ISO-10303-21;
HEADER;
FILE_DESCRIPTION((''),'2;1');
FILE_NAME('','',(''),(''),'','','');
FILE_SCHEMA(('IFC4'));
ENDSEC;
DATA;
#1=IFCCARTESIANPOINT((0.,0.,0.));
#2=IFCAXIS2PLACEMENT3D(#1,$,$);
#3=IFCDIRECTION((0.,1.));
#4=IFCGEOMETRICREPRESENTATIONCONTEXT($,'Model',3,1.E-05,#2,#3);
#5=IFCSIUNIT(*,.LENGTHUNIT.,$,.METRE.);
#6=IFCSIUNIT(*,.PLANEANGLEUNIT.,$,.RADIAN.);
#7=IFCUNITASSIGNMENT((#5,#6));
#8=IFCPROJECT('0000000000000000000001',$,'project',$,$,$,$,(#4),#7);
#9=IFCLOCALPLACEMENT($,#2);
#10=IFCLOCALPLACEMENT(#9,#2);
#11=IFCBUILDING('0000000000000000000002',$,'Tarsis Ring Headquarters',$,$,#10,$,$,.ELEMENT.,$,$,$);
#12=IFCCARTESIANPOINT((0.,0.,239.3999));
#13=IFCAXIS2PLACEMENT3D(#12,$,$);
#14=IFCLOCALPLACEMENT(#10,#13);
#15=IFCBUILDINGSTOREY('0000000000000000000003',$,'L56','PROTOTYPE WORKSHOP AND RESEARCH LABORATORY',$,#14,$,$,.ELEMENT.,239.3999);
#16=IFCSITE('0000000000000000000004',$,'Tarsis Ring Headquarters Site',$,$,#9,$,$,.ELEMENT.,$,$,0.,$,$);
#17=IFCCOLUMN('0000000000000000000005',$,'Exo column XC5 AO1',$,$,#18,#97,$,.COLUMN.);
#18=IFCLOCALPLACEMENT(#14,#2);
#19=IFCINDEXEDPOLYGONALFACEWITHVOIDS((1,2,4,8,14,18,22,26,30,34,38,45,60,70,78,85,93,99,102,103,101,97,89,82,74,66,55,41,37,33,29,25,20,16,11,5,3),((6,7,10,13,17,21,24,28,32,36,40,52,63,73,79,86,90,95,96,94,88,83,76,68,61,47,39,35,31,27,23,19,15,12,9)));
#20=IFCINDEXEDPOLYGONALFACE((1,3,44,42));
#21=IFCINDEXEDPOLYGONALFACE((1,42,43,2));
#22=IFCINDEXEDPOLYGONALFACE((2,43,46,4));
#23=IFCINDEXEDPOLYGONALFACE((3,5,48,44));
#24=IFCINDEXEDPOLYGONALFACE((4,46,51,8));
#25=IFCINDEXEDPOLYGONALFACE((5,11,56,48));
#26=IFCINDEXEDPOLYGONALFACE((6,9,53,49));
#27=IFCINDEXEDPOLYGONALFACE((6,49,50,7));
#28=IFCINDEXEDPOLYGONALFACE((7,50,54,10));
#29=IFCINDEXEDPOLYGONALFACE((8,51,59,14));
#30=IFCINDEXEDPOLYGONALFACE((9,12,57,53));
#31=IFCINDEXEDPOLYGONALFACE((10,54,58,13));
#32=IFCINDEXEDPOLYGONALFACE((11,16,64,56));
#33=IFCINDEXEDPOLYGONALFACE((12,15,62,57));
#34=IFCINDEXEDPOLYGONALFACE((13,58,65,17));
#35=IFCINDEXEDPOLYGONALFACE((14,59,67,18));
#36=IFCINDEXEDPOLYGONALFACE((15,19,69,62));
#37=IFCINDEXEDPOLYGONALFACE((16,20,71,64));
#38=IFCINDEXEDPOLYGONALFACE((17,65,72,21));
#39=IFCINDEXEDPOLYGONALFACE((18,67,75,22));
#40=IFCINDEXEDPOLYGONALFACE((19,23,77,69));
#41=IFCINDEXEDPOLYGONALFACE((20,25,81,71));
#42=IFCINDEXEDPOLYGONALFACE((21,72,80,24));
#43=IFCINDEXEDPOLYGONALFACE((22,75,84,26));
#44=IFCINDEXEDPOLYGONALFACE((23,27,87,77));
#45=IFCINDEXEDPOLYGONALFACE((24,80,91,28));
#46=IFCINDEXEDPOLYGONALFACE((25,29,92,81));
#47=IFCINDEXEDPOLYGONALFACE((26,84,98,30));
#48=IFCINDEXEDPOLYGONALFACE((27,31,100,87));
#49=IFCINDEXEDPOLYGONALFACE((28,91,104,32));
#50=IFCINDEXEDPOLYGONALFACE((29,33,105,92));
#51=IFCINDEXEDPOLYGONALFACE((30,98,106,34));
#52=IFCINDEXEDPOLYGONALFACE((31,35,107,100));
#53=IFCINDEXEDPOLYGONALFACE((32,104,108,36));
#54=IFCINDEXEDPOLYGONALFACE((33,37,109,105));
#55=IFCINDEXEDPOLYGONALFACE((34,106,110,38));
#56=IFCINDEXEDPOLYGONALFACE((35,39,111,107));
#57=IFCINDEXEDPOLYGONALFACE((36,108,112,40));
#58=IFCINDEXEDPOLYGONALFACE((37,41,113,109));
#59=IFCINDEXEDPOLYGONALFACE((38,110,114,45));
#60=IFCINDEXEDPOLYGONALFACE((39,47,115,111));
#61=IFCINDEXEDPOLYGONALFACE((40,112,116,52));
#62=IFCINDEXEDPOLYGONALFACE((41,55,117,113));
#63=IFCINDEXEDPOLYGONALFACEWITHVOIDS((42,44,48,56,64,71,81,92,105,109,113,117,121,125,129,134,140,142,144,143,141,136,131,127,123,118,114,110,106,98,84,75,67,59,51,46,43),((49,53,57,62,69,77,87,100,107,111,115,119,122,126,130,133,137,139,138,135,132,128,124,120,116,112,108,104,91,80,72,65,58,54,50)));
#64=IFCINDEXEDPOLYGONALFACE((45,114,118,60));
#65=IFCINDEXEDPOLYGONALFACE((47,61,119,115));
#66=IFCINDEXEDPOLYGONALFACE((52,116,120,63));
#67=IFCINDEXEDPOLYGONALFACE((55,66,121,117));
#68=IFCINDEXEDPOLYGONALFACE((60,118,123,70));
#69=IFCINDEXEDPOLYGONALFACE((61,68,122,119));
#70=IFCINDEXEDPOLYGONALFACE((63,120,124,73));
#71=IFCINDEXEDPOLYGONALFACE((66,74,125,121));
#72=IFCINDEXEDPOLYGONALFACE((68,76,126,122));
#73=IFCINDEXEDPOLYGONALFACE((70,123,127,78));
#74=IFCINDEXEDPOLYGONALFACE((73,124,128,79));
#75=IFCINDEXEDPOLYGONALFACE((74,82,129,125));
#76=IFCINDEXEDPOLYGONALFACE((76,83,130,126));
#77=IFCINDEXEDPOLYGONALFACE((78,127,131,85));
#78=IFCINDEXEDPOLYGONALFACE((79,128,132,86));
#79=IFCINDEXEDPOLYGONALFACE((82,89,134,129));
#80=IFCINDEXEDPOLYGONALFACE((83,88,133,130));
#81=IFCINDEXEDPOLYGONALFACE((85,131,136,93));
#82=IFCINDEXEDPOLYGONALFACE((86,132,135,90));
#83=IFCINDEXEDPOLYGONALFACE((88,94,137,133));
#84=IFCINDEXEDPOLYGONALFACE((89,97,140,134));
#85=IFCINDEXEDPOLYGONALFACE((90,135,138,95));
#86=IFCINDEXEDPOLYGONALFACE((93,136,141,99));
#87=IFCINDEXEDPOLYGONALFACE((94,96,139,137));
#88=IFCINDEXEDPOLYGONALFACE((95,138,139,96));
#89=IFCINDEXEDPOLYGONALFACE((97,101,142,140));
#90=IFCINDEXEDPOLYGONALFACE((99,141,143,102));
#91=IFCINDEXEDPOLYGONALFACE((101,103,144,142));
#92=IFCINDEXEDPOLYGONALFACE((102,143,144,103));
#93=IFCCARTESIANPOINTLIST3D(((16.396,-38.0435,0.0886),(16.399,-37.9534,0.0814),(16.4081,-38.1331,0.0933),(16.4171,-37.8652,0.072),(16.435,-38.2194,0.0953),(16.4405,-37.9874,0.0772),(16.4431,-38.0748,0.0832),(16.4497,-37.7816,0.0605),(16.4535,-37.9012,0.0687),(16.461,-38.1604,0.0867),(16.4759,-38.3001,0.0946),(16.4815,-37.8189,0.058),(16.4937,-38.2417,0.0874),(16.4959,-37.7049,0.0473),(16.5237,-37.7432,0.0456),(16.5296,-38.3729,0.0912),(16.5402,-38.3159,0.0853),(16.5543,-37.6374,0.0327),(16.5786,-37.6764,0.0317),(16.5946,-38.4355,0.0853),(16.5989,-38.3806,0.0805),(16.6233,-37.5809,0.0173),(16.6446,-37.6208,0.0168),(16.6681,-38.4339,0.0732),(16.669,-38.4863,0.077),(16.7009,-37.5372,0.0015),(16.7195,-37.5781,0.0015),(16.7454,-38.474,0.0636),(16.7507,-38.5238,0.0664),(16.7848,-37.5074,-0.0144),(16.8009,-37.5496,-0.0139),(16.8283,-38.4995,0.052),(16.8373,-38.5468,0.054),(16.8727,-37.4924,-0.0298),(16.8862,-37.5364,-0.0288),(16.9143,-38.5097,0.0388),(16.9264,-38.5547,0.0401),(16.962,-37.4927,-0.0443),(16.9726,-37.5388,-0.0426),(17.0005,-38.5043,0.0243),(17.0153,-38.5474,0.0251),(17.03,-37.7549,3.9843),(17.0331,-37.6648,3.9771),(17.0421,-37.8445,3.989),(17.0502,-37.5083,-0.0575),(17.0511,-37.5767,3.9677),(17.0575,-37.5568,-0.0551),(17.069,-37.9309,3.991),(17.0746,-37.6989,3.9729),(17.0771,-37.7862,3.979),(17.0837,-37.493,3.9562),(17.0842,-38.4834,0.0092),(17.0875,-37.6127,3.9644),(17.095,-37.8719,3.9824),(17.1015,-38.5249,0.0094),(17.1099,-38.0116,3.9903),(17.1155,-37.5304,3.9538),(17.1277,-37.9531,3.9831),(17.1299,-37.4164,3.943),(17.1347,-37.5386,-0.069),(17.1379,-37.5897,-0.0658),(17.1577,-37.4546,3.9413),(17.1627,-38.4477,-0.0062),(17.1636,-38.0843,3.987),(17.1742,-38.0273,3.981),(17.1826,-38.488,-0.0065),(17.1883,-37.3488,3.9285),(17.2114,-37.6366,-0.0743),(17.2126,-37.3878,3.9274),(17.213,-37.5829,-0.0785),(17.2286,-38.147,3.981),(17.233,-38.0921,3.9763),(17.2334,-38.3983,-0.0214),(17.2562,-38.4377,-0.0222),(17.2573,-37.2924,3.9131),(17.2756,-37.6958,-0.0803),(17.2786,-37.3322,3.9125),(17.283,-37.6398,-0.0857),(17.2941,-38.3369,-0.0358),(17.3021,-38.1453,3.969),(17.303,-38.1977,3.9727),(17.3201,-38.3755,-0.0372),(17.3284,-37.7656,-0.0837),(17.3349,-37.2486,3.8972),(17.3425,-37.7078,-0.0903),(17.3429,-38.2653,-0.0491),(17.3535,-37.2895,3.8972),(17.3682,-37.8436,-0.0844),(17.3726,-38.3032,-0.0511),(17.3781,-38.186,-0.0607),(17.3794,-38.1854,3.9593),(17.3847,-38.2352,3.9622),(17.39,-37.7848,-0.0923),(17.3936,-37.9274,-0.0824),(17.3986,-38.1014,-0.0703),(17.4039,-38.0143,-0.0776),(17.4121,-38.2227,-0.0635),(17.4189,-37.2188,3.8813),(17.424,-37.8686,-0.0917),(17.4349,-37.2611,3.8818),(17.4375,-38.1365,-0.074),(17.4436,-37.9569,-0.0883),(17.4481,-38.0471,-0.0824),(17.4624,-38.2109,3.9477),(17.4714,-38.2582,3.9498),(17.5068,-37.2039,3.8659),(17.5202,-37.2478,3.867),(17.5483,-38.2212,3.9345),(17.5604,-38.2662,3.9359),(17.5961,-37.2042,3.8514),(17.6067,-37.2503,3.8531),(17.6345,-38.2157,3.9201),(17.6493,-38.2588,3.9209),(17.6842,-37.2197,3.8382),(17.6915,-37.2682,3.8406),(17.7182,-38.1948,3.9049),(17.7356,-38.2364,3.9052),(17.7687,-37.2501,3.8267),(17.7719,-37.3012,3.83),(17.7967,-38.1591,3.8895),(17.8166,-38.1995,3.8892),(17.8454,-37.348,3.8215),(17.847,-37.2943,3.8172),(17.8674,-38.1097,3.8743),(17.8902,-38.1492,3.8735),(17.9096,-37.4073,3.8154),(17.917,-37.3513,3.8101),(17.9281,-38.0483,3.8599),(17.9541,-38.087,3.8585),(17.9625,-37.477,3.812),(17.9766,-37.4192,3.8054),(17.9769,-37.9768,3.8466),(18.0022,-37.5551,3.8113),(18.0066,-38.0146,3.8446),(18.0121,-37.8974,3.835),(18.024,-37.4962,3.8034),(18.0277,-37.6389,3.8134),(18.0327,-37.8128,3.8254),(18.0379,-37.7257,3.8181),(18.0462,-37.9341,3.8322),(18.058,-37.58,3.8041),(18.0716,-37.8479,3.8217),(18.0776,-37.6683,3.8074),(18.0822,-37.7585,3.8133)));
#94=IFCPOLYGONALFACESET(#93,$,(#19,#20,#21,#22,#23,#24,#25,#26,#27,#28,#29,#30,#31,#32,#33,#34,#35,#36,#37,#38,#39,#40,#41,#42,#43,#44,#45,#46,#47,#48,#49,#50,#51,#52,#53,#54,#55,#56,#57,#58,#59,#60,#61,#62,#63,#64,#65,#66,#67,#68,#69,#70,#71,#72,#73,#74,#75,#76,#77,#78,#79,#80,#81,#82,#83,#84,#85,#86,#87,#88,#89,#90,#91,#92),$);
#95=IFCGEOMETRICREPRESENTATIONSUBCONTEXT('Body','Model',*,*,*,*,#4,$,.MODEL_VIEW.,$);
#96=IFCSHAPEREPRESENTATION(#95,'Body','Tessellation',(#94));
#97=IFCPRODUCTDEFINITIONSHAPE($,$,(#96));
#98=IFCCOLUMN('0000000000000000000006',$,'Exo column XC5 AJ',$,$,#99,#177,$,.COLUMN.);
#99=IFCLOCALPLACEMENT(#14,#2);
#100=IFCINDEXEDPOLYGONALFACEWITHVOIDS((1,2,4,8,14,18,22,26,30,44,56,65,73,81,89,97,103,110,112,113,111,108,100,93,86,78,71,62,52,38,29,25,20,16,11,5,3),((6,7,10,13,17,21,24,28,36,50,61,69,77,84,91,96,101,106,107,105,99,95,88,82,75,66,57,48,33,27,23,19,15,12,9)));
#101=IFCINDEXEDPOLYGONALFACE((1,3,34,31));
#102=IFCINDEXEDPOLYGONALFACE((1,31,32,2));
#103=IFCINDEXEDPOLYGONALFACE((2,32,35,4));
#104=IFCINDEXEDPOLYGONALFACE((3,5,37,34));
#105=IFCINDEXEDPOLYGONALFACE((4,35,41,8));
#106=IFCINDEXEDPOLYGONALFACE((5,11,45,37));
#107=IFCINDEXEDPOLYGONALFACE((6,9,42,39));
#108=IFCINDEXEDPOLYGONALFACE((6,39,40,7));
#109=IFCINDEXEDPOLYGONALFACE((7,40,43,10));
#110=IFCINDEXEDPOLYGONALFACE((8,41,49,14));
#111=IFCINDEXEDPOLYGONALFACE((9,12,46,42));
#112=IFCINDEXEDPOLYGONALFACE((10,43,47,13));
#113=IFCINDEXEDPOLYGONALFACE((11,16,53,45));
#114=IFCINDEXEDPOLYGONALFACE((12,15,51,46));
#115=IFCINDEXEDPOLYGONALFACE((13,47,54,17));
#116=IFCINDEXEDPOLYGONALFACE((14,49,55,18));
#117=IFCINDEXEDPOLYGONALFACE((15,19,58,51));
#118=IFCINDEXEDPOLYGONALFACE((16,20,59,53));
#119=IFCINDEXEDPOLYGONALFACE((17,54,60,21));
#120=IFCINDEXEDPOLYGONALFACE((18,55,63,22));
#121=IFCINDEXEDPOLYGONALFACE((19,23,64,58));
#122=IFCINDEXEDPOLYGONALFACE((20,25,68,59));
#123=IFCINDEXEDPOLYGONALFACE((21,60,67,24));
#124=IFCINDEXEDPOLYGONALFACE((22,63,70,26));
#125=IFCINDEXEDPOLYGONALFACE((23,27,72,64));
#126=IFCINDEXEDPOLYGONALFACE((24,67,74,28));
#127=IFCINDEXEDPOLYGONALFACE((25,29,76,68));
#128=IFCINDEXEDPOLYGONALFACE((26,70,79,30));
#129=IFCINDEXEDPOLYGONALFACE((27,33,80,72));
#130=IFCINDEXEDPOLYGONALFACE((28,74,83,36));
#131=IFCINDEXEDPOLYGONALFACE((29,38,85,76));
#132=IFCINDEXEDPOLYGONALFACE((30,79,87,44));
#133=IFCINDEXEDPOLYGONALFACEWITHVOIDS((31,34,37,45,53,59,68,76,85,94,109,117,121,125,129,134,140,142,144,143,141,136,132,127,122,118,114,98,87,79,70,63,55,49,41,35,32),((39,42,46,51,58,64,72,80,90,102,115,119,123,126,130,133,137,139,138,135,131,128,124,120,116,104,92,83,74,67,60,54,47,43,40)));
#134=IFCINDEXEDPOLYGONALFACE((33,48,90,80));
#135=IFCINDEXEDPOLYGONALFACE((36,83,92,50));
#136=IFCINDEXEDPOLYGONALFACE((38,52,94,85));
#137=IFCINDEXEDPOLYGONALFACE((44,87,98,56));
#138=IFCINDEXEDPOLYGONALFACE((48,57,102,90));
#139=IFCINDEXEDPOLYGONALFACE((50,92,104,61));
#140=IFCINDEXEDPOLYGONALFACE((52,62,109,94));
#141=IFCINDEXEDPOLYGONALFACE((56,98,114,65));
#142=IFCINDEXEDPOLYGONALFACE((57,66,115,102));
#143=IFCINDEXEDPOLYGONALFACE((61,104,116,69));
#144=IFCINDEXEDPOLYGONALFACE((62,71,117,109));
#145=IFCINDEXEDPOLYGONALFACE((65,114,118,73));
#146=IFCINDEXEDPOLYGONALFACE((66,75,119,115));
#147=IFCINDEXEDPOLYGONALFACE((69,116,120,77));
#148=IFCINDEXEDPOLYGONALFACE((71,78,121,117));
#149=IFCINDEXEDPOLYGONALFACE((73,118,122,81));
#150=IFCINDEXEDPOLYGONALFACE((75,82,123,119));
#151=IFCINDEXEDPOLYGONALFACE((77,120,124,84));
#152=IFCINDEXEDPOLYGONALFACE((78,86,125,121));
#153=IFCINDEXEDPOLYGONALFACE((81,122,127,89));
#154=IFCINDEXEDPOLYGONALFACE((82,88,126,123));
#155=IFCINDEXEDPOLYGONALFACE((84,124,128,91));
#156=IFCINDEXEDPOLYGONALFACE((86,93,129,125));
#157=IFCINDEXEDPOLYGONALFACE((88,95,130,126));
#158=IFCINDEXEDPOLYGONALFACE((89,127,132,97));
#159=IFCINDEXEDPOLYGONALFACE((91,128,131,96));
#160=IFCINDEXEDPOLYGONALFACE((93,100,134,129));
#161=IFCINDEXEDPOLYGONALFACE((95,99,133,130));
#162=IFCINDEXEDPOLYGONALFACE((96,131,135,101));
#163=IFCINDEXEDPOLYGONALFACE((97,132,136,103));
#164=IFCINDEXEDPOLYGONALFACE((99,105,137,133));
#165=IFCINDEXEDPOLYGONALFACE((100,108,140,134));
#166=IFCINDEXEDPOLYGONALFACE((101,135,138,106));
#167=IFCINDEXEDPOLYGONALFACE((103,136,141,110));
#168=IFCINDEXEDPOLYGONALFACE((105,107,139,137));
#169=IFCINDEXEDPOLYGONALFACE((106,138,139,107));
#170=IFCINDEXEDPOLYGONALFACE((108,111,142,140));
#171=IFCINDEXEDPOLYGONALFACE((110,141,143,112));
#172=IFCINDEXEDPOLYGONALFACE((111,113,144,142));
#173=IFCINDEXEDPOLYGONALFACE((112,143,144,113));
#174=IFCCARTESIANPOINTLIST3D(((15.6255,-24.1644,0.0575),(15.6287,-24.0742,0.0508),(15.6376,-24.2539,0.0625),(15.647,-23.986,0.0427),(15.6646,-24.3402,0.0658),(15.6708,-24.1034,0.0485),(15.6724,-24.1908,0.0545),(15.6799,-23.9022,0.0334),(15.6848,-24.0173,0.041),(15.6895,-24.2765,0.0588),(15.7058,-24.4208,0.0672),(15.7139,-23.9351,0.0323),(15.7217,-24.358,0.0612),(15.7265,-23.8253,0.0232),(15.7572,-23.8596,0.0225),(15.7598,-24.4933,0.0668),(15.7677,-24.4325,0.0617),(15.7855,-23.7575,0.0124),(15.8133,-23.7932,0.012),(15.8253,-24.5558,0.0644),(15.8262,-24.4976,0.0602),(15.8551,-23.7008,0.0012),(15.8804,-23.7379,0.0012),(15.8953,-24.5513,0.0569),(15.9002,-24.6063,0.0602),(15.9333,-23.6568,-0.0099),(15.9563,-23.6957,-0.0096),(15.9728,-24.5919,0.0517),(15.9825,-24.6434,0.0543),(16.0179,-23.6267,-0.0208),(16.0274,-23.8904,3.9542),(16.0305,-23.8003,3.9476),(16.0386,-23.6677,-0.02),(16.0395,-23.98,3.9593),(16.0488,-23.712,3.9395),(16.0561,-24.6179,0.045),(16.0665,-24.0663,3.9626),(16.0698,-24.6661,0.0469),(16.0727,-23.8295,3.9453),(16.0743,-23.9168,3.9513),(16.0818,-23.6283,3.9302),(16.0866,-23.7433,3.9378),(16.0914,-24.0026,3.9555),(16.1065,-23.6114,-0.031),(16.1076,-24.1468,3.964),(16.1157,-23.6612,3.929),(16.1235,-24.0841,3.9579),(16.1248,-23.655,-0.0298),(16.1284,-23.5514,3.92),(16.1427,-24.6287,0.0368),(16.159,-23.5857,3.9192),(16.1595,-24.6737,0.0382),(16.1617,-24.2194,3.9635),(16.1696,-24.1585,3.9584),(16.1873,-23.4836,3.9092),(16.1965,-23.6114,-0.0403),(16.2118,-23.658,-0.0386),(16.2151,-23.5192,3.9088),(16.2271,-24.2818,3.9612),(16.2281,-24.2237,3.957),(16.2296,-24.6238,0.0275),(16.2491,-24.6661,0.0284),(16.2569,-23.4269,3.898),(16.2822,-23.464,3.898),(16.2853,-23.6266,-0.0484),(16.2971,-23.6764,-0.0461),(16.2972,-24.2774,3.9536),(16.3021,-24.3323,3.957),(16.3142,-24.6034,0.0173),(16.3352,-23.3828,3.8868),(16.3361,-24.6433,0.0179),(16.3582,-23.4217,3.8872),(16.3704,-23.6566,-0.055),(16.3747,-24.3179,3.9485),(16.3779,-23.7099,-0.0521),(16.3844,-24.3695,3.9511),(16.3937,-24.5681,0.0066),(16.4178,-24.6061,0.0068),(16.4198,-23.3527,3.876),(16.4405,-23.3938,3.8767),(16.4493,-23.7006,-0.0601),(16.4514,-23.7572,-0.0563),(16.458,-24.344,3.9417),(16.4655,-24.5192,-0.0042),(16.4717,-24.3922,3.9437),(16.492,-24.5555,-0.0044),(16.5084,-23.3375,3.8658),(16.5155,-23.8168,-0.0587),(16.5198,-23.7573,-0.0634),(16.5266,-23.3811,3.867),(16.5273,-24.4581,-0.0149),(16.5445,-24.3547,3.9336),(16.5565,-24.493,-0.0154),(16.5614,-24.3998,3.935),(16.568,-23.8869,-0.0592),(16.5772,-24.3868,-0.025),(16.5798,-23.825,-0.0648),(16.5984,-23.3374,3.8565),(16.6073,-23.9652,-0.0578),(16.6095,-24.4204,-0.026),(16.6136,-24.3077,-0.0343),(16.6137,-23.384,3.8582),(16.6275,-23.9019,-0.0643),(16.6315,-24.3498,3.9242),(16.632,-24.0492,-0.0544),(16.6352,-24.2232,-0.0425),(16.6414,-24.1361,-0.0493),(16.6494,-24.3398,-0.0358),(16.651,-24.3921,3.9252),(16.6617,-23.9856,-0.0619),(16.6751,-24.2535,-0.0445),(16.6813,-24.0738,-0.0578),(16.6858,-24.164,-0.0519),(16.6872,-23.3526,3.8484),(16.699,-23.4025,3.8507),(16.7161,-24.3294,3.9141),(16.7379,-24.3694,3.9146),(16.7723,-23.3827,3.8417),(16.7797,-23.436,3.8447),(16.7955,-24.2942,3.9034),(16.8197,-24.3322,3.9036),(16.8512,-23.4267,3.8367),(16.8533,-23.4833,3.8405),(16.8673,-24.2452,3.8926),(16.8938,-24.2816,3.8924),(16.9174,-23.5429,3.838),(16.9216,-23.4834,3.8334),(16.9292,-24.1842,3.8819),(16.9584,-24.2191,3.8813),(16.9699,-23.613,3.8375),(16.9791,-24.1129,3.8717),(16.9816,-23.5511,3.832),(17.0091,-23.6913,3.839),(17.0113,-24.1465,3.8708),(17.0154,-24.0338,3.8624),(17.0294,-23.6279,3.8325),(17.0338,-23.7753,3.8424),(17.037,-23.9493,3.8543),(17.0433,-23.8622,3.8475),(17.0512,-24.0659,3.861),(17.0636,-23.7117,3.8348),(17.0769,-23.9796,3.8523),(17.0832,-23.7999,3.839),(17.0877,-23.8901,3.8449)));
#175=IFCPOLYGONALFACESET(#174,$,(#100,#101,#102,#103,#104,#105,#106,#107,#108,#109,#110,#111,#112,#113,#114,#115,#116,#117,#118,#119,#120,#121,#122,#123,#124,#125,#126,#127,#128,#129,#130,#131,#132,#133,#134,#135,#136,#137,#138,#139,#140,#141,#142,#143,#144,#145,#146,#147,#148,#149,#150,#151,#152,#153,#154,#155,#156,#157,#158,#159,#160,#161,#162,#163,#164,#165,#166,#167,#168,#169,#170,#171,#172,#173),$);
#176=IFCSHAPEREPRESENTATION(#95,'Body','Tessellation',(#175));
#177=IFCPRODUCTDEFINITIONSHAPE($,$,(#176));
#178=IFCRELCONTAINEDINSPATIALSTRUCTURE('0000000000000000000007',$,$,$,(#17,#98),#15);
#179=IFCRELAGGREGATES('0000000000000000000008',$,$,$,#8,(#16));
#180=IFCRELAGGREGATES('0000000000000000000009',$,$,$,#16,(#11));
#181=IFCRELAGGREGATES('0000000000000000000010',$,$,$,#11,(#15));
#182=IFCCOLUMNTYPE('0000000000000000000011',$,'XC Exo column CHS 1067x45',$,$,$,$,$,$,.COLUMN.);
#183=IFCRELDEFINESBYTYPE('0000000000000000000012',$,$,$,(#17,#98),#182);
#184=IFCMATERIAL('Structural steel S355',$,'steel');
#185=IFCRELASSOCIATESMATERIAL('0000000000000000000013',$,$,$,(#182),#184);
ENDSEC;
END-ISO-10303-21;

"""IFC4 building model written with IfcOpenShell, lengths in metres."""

from ifc_helpers import new_model, si_unit, direction, frame, origin, origin_2d, place, context, subcontext, project, spatial, hollow_circle, extrude, material, material_profile, profile_set, type_object, element, save


model = new_model("IFC4")

# Units and contexts
model_context = context("Model", 3, precision=1e-05, world=origin(), true_north=direction((0.0, 1.0)))
body_context = subcontext(model_context, "Body", "Model", "MODEL_VIEW")
ifc_project = project(units=[si_unit("LENGTHUNIT", "METRE"), si_unit("PLANEANGLEUNIT", "RADIAN")], contexts=[model_context])

# Site, building, storey
site_placement = place(None, origin())
site = spatial("IfcSite", under=ifc_project, at=site_placement, Name="Tarsis Ring Headquarters Site", CompositionType="ELEMENT", RefElevation=0.0)
building_placement = place(site_placement, origin())
building = spatial("IfcBuilding", under=site, at=building_placement, Name="Tarsis Ring Headquarters", CompositionType="ELEMENT")
storey_placement = place(building_placement, frame((0.0, 0.0, 239.3999)))
storey = spatial("IfcBuildingStorey", under=building, at=storey_placement, Name="L56", Description="PROTOTYPE WORKSHOP AND RESEARCH LABORATORY", CompositionType="ELEMENT", Elevation=239.3999)

# Columns
ifc_material_1 = material(Name="Structural steel S355", Category="steel")
ifc_material_profile_1 = material_profile(ifc_material_1, hollow_circle(Radius=0.5334, WallThickness=0.0449, at=origin_2d()), Name="CHS 1067x45")
ifc_profile_set_1 = profile_set([ifc_material_profile_1], Name="Structural steel S355")
column_type = type_object("IfcColumnType", Name="XC Exo column CHS 1067x45", PredefinedType="COLUMN", material=ifc_profile_set_1)
column_1_placement = place(storey_placement, frame((16.9219, -38.0227, 0.0015), z_axis=(0.160209, 0.072917, 0.984386), x_axis=(-0.414252, 0.910162, 0.0)))
element("IfcColumn", 1, at=column_1_placement, inside=storey, type_object=column_type, Name="Exo column XC5 AO1", PredefinedType="COLUMN", context=body_context, shape_type="SweptSolid", body=[
    extrude(hollow_circle(Radius=0.5334, WallThickness=0.0449, at=origin_2d()), origin(), (0.0, 0.0, 1.0), 3.9575),
])
column_2_placement = place(storey_placement, frame((16.1555, -24.1416, 0.0012), z_axis=(0.102332, 0.069755, 0.992302), x_axis=(-0.563243, 0.826291, 0.0)))
element("IfcColumn", 2, at=column_2_placement, inside=storey, type_object=column_type, Name="Exo column XC5 AJ", PredefinedType="COLUMN", context=body_context, shape_type="SweptSolid", body=[
    extrude(hollow_circle(Radius=0.5334, WallThickness=0.0449, at=origin_2d()), origin(), (0.0, 0.0, 1.0), 3.927),
])

save(model, "model.ifc")
